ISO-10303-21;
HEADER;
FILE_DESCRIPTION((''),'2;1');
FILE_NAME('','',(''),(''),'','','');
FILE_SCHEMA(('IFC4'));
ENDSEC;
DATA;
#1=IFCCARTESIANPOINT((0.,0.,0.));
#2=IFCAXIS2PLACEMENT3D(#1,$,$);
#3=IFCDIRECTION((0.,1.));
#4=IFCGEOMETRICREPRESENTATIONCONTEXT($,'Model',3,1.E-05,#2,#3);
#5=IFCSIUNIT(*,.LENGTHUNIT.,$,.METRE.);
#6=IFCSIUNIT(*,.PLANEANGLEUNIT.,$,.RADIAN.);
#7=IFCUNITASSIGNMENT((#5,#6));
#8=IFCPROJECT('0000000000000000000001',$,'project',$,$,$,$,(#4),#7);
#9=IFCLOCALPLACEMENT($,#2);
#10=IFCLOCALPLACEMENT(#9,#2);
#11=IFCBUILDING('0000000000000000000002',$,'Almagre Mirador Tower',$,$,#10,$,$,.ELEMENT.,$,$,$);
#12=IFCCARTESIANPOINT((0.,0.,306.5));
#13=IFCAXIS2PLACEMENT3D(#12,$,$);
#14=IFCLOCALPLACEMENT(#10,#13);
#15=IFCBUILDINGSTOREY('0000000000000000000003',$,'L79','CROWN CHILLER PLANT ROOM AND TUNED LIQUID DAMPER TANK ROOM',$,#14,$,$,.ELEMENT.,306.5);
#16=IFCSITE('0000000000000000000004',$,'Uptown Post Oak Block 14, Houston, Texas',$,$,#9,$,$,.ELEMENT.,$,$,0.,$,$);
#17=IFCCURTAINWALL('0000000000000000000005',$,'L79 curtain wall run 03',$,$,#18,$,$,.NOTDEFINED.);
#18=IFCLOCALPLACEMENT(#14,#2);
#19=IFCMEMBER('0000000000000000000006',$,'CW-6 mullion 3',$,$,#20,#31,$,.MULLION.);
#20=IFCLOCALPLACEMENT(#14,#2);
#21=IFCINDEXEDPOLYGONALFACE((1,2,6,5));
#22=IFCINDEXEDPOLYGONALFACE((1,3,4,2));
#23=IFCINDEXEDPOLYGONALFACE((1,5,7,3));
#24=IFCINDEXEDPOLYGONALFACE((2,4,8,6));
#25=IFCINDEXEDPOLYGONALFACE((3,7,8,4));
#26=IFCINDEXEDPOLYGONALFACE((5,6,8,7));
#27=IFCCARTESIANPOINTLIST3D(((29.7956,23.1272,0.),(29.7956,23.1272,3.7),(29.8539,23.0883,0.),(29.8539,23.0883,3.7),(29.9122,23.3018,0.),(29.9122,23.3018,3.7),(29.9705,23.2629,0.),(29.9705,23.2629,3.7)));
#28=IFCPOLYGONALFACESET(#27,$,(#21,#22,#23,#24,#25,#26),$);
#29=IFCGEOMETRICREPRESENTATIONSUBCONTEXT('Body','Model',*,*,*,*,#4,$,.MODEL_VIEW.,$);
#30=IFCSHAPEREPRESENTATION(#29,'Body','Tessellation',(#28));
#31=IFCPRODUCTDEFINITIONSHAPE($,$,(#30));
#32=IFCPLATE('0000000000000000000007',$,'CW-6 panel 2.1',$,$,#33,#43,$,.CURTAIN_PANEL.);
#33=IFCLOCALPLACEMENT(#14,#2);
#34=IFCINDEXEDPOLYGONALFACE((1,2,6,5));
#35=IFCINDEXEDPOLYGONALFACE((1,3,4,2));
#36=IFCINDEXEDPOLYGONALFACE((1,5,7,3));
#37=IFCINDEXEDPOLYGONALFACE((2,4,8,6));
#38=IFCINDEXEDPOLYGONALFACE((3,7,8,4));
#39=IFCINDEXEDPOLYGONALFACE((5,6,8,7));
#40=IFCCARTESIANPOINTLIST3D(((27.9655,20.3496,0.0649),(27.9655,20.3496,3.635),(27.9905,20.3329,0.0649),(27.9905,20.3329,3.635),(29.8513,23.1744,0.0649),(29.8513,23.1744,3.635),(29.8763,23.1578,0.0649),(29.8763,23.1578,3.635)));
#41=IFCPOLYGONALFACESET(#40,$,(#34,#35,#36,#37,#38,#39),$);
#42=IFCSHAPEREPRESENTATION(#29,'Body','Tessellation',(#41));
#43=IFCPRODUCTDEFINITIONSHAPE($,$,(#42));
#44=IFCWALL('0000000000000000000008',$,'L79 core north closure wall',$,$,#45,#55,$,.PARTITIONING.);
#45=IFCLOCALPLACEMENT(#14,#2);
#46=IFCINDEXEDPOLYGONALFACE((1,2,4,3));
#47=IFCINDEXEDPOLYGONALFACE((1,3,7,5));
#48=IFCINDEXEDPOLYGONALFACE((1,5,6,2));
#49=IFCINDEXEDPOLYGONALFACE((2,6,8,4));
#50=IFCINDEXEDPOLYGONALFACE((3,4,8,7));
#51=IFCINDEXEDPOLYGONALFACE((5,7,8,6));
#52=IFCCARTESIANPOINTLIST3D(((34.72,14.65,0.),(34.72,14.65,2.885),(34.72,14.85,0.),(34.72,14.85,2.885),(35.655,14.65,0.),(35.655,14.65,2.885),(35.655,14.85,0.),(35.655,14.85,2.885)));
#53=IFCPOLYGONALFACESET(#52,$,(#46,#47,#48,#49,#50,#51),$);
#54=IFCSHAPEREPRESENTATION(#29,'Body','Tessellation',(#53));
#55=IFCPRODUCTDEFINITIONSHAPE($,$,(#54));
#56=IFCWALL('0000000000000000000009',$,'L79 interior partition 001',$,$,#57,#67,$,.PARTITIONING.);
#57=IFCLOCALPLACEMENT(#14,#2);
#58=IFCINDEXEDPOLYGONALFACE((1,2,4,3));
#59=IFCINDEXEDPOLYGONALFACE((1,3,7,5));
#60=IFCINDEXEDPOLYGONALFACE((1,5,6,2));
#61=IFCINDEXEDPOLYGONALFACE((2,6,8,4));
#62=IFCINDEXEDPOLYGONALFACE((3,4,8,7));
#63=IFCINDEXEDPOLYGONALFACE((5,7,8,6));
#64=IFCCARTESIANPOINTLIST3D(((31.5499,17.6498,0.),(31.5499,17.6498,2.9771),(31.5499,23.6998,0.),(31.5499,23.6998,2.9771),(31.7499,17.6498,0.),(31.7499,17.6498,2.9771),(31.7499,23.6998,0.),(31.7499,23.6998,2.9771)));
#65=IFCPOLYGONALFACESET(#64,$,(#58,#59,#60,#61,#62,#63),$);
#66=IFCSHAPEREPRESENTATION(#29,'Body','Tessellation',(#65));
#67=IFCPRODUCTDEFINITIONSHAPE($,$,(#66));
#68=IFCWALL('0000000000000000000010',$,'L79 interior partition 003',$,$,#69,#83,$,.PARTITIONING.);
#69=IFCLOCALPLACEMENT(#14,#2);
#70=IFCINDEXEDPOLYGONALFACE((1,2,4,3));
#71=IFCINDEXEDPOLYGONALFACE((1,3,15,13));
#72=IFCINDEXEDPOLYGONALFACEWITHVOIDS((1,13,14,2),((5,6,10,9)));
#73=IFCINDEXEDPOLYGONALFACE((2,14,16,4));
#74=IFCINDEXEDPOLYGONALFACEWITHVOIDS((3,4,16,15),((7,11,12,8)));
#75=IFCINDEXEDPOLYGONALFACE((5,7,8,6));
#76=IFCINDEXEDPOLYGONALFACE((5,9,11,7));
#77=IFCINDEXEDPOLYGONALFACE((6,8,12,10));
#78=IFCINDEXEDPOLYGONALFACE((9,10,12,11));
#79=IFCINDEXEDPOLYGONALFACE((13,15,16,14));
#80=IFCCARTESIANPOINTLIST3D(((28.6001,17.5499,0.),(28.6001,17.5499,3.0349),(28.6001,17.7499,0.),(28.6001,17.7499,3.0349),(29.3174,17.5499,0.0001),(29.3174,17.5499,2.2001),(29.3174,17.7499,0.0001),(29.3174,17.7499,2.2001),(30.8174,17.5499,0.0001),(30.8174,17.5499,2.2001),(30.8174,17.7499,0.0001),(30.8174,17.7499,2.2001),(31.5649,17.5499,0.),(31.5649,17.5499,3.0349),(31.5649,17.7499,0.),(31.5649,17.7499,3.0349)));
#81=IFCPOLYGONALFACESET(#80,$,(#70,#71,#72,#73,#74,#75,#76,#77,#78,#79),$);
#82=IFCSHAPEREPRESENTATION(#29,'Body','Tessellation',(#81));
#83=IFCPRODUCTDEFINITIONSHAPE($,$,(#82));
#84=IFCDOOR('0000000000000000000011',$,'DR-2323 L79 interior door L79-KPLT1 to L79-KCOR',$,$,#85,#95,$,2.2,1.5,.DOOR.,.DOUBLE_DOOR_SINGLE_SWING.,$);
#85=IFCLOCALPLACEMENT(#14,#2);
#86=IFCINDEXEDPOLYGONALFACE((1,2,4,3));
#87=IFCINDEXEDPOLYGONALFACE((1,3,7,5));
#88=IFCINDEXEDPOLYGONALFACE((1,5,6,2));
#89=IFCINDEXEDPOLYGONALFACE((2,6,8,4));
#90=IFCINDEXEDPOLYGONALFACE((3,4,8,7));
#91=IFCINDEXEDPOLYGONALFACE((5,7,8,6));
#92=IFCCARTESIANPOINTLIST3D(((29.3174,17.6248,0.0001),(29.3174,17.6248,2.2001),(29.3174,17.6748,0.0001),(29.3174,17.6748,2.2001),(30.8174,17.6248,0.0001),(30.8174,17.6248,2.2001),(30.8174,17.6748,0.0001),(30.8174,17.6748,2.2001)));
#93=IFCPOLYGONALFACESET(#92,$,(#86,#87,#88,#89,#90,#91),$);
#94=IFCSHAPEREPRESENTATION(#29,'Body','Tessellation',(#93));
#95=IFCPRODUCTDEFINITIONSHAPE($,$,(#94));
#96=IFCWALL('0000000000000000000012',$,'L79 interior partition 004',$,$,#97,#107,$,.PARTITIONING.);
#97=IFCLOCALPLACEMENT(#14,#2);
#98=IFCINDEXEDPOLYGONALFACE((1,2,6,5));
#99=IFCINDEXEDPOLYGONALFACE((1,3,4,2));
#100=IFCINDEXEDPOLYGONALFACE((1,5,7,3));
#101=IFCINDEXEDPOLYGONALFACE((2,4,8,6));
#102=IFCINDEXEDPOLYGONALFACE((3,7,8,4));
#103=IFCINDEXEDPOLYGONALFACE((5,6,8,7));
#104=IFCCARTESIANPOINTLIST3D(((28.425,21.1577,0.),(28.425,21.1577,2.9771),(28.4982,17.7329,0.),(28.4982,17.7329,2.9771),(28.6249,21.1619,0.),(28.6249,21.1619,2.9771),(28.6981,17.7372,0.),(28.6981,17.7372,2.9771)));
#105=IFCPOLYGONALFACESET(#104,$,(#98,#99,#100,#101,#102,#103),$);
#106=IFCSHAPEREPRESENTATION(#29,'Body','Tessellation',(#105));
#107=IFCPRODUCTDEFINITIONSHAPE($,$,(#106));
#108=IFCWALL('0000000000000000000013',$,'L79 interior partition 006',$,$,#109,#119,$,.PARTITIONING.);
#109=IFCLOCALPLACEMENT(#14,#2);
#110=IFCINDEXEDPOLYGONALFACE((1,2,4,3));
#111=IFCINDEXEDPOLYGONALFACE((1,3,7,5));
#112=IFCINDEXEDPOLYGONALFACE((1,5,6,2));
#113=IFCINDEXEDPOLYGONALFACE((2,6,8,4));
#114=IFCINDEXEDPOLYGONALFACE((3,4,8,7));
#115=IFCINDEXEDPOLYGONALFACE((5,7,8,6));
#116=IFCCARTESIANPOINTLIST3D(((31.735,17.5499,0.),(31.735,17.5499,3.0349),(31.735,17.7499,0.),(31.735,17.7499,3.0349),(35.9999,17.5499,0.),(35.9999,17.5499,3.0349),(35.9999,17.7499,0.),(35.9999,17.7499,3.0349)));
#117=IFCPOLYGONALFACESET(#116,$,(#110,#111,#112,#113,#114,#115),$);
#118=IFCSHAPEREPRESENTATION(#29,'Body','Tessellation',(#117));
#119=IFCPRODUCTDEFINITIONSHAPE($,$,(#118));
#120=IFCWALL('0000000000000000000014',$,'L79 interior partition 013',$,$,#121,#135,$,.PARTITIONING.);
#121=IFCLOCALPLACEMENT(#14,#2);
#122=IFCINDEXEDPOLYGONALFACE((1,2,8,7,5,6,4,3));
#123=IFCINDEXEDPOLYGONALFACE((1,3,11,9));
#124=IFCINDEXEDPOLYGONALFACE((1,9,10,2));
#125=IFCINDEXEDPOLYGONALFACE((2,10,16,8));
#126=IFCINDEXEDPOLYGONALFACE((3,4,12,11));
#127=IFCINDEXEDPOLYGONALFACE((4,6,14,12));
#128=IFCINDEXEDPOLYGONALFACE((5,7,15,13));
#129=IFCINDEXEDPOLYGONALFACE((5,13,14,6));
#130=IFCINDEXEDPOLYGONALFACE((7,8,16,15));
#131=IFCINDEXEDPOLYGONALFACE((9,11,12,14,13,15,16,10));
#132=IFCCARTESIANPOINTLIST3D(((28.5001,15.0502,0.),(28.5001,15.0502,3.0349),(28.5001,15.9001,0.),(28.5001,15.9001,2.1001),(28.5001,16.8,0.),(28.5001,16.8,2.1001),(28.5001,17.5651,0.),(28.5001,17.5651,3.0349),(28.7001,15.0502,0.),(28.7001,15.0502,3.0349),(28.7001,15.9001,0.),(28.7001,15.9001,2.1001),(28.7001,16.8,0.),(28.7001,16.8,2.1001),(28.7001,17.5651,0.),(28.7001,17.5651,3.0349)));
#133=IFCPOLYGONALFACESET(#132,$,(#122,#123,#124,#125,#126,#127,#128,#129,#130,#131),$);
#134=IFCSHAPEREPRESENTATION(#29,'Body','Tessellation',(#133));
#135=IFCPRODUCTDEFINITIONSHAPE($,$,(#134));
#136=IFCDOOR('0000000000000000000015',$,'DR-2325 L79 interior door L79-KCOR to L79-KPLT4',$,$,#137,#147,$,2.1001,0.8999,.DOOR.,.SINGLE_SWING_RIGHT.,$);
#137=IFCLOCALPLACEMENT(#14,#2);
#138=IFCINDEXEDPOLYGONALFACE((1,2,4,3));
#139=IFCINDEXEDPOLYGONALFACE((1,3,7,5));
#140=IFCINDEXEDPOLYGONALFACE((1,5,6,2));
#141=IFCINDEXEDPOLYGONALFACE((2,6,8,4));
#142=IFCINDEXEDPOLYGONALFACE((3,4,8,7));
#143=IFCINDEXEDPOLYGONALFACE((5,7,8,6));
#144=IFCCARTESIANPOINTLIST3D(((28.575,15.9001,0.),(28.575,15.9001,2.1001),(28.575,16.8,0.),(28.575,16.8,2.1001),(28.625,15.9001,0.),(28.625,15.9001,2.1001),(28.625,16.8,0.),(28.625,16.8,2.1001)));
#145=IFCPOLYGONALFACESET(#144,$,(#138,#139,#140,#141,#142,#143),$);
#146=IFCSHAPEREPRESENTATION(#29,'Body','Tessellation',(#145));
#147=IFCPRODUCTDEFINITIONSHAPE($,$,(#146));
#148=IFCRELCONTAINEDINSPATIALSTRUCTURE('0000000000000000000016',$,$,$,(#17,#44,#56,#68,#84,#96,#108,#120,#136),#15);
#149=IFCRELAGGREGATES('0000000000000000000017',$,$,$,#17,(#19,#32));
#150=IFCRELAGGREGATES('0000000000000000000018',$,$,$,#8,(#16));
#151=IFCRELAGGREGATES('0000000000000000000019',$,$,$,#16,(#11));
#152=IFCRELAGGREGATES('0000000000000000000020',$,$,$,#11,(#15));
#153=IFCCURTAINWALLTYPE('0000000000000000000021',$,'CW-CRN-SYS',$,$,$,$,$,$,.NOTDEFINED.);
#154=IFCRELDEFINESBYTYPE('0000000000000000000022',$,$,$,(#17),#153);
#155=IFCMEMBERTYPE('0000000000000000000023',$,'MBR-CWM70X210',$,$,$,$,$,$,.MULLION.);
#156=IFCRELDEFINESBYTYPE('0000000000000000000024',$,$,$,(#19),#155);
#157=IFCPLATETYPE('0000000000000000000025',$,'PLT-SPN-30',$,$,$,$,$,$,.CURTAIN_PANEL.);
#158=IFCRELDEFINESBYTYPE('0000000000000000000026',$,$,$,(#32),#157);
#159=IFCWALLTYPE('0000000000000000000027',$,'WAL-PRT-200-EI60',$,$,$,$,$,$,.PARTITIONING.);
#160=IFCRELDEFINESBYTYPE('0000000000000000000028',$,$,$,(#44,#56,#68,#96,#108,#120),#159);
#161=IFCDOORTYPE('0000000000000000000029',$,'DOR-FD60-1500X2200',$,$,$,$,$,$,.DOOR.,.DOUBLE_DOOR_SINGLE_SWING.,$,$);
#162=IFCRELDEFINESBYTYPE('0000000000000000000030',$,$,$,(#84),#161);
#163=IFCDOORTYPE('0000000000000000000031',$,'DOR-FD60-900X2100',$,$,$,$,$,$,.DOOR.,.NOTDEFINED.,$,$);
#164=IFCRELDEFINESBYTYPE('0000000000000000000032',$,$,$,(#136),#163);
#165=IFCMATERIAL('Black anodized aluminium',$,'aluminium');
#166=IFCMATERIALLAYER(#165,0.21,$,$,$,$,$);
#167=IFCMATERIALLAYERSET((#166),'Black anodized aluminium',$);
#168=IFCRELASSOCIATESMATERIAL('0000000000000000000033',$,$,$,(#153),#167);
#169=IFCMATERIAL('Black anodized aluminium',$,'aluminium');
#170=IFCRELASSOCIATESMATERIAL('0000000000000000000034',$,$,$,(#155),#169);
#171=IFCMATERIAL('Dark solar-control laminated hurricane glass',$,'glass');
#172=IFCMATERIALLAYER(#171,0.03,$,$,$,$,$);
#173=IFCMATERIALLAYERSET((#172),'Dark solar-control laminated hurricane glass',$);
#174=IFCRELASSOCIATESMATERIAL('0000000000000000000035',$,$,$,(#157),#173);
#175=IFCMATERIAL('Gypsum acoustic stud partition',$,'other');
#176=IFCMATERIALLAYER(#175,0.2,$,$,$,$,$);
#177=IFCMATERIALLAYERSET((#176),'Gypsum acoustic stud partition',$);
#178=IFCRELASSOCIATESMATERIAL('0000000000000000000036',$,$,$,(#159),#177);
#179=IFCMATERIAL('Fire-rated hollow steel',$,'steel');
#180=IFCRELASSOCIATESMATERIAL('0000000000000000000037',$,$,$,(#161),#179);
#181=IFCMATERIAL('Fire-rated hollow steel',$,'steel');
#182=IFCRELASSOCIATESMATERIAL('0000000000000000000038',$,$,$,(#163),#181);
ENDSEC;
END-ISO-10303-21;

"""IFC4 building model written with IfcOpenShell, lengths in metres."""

from ifc_helpers import new_model, si_unit, direction, frame, frame_2d, origin, origin_2d, place, context, subcontext, project, spatial, rectangle, extrude, material, layer, layer_set, material_profile, profile_set, type_object, element, fill, aggregate, save


model = new_model("IFC4")

# Units and contexts
model_context = context("Model", 3, precision=1e-05, world=origin(), true_north=direction((0.0, 1.0)))
body_context = subcontext(model_context, "Body", "Model", "MODEL_VIEW")
ifc_project = project(units=[si_unit("LENGTHUNIT", "METRE"), si_unit("PLANEANGLEUNIT", "RADIAN")], contexts=[model_context])

# Site, building, storey
site_placement = place(None, origin())
site = spatial("IfcSite", under=ifc_project, at=site_placement, Name="Uptown Post Oak Block 14, Houston, Texas", CompositionType="ELEMENT", RefElevation=0.0)
building_placement = place(site_placement, origin())
building = spatial("IfcBuilding", under=site, at=building_placement, Name="Almagre Mirador Tower", CompositionType="ELEMENT")
storey_placement = place(building_placement, frame((0.0, 0.0, 306.5)))
storey = spatial("IfcBuildingStorey", under=building, at=storey_placement, Name="L79", Description="CROWN CHILLER PLANT ROOM AND TUNED LIQUID DAMPER TANK ROOM", CompositionType="ELEMENT", Elevation=306.5)

# Curtain wall, member, plate
ifc_material_1 = material(Name="Black anodized aluminium", Category="aluminium")
ifc_layer_1 = layer(ifc_material_1, 0.21)
ifc_layer_set_1 = layer_set([ifc_layer_1], Name="Black anodized aluminium")
curtain_wall_type = type_object("IfcCurtainWallType", Name="CW-CRN-SYS", PredefinedType="NOTDEFINED", material=ifc_layer_set_1)
curtain_wall_placement = place(storey_placement, origin())
curtain_wall = element("IfcCurtainWall", 1, at=curtain_wall_placement, inside=storey, type_object=curtain_wall_type, Name="L79 curtain wall run 03", PredefinedType="NOTDEFINED")
ifc_material_2 = material(Name="Black anodized aluminium", Category="aluminium")
ifc_material_profile_1 = material_profile(ifc_material_2, rectangle(XDim=0.0701, YDim=0.21, at=origin_2d()), Name="CWM70X210")
ifc_profile_set_1 = profile_set([ifc_material_profile_1], Name="Black anodized aluminium")
member_type = type_object("IfcMemberType", Name="MBR-CWM70X210", PredefinedType="MULLION", material=ifc_profile_set_1)
member_placement = place(storey_placement, frame((29.8831, 23.1951, 0.0), z_axis=(0.0, 0.0, 1.0), x_axis=(-0.831705, 0.555217, 0.0)))
member = element("IfcMember", 2, at=member_placement, type_object=member_type, Name="CW-6 mullion 3", PredefinedType="MULLION", context=body_context, shape_type="SweptSolid", body=[
    extrude(rectangle(XDim=0.0701, YDim=0.21, at=origin_2d()), origin(), (0.0, 0.0, 1.0), 3.7),
])
ifc_material_3 = material(Name="Dark solar-control laminated hurricane glass", Category="glass")
ifc_layer_2 = layer(ifc_material_3, 0.03)
ifc_layer_set_2 = layer_set([ifc_layer_2], Name="Dark solar-control laminated hurricane glass")
plate_type = type_object("IfcPlateType", Name="PLT-SPN-30", PredefinedType="CURTAIN_PANEL", material=ifc_layer_set_2)
plate_placement = place(storey_placement, frame((28.9209, 21.7537, 0.0649), z_axis=(0.0, 0.0, 1.0), x_axis=(0.555217, 0.831705, 0.0)))
plate = element("IfcPlate", 3, at=plate_placement, type_object=plate_type, Name="CW-6 panel 2.1", PredefinedType="CURTAIN_PANEL", context=body_context, shape_type="SweptSolid", body=[
    extrude(rectangle(XDim=3.3965, YDim=0.03, at=origin_2d()), origin(), (0.0, 0.0, 1.0), 3.5701),
])
aggregate(curtain_wall, [member, plate])

# Walls
ifc_material_4 = material(Name="Gypsum acoustic stud partition", Category="other")
ifc_layer_3 = layer(ifc_material_4, 0.2)
ifc_layer_set_3 = layer_set([ifc_layer_3], Name="Gypsum acoustic stud partition")
wall_type_1 = type_object("IfcWallType", Name="WAL-PRT-200-EI60", PredefinedType="PARTITIONING", material=ifc_layer_set_3)
wall_1_placement = place(storey_placement, frame((34.72, 14.75, 0.0), z_axis=(0.0, 0.0, 1.0), x_axis=(1.0, 0.0, 0.0)))
element("IfcWall", 4, at=wall_1_placement, inside=storey, type_object=wall_type_1, Name="L79 core north closure wall", PredefinedType="PARTITIONING", context=body_context, shape_type="SweptSolid", body=[
    extrude(rectangle(XDim=0.9351, YDim=0.2, at=frame_2d((0.4675, 0.0))), origin(), (0.0, 0.0, 1.0), 2.885),
])
wall_2_placement = place(storey_placement, frame((31.6499, 17.6499, 0.0), z_axis=(0.0, 0.0, 1.0), x_axis=(0.0, 1.0, 0.0)))
element("IfcWall", 5, at=wall_2_placement, inside=storey, type_object=wall_type_1, Name="L79 interior partition 001", PredefinedType="PARTITIONING", context=body_context, shape_type="SweptSolid", body=[
    extrude(rectangle(XDim=6.05, YDim=0.2, at=frame_2d((3.0249, 0.0))), origin(), (0.0, 0.0, 1.0), 2.9771),
])

# Wall, opening, door
wall_3_placement = place(storey_placement, frame((28.6001, 17.6499, 0.0), z_axis=(0.0, 0.0, 1.0), x_axis=(1.0, 0.0, 0.0)))
wall_3 = element("IfcWall", 6, at=wall_3_placement, inside=storey, type_object=wall_type_1, Name="L79 interior partition 003", PredefinedType="PARTITIONING", context=body_context, shape_type="SweptSolid", body=[
    extrude(rectangle(XDim=2.9648, YDim=0.2, at=frame_2d((1.4824, 0.0))), origin(), (0.0, 0.0, 1.0), 3.0349),
])
opening_1_placement = place(wall_3_placement, frame((0.7173, 0.0, 0.0)))
opening_1 = element("IfcOpeningElement", 7, at=opening_1_placement, cuts=wall_3, PredefinedType="OPENING", context=body_context, shape_type="SweptSolid", body=[
    extrude(rectangle(XDim=1.5, YDim=2.2, at=frame_2d((0.75, 1.1001))), frame((0.0, 0.1101, 0.0), z_axis=(0.0, -1.0, 0.0), x_axis=(1.0, 0.0, 0.0)), (0.0, 0.0, 1.0), 0.22),
])
ifc_material_5 = material(Name="Fire-rated hollow steel", Category="steel")
door_type_1 = type_object("IfcDoorType", Name="DOR-FD60-1500X2200", OperationType="DOUBLE_DOOR_SINGLE_SWING", PredefinedType="DOOR", material=ifc_material_5)
door_1_placement = place(opening_1_placement, origin())
door_1 = element("IfcDoor", 8, at=door_1_placement, inside=storey, type_object=door_type_1, Name="DR-2323 L79 interior door L79-KPLT1 to L79-KCOR", OperationType="DOUBLE_DOOR_SINGLE_SWING", OverallHeight=2.2, OverallWidth=1.5, PredefinedType="DOOR", context=body_context, shape_type="SweptSolid", body=[
    extrude(rectangle(XDim=1.5, YDim=2.2, at=frame_2d((0.75, 1.1001))), frame((0.0, 0.0249, 0.0), z_axis=(0.0, -1.0, 0.0), x_axis=(1.0, 0.0, 0.0)), (0.0, 0.0, 1.0), 0.05),
])
fill(opening_1, door_1)

# Walls
wall_4_placement = place(storey_placement, frame((28.5249, 21.1599, 0.0), z_axis=(0.0, 0.0, 1.0), x_axis=(0.021381, -0.999771, 0.0)))
element("IfcWall", 9, at=wall_4_placement, inside=storey, type_object=wall_type_1, Name="L79 interior partition 004", PredefinedType="PARTITIONING", context=body_context, shape_type="SweptSolid", body=[
    extrude(rectangle(XDim=3.4255, YDim=0.2, at=frame_2d((1.7129, 0.0))), origin(), (0.0, 0.0, 1.0), 2.9771),
])
wall_5_placement = place(storey_placement, frame((31.7351, 17.6499, 0.0), z_axis=(0.0, 0.0, 1.0), x_axis=(1.0, 0.0, 0.0)))
element("IfcWall", 10, at=wall_5_placement, inside=storey, type_object=wall_type_1, Name="L79 interior partition 006", PredefinedType="PARTITIONING", context=body_context, shape_type="SweptSolid", body=[
    extrude(rectangle(XDim=4.2649, YDim=0.2, at=frame_2d((2.1323, 0.0))), origin(), (0.0, 0.0, 1.0), 3.0349),
])

# Wall, opening, door
wall_6_placement = place(storey_placement, frame((28.6001, 17.5649, 0.0), z_axis=(0.0, 0.0, 1.0), x_axis=(0.0, -1.0, 0.0)))
wall_6 = element("IfcWall", 11, at=wall_6_placement, inside=storey, type_object=wall_type_1, Name="L79 interior partition 013", PredefinedType="PARTITIONING", context=body_context, shape_type="SweptSolid", body=[
    extrude(rectangle(XDim=2.5149, YDim=0.2, at=frame_2d((1.2573, 0.0))), origin(), (0.0, 0.0, 1.0), 3.0349),
])
opening_2_placement = place(wall_6_placement, frame((0.7649, 0.0, 0.0)))
opening_2 = element("IfcOpeningElement", 12, at=opening_2_placement, cuts=wall_6, PredefinedType="OPENING", context=body_context, shape_type="SweptSolid", body=[
    extrude(rectangle(XDim=0.8999, YDim=2.1001, at=frame_2d((0.45, 1.05))), frame((0.0, 0.1101, 0.0), z_axis=(0.0, -1.0, 0.0), x_axis=(1.0, 0.0, 0.0)), (0.0, 0.0, 1.0), 0.22),
])
ifc_material_6 = material(Name="Fire-rated hollow steel", Category="steel")
door_type_2 = type_object("IfcDoorType", Name="DOR-FD60-900X2100", OperationType="NOTDEFINED", PredefinedType="DOOR", material=ifc_material_6)
door_2_placement = place(opening_2_placement, origin())
door_2 = element("IfcDoor", 13, at=door_2_placement, inside=storey, type_object=door_type_2, Name="DR-2325 L79 interior door L79-KCOR to L79-KPLT4", OperationType="SINGLE_SWING_RIGHT", OverallHeight=2.1001, OverallWidth=0.8999, PredefinedType="DOOR", context=body_context, shape_type="SweptSolid", body=[
    extrude(rectangle(XDim=0.8999, YDim=2.1001, at=frame_2d((0.45, 1.05))), frame((0.0, 0.0249, 0.0), z_axis=(0.0, -1.0, 0.0), x_axis=(1.0, 0.0, 0.0)), (0.0, 0.0, 1.0), 0.05),
])
fill(opening_2, door_2)

save(model, "model.ifc")
